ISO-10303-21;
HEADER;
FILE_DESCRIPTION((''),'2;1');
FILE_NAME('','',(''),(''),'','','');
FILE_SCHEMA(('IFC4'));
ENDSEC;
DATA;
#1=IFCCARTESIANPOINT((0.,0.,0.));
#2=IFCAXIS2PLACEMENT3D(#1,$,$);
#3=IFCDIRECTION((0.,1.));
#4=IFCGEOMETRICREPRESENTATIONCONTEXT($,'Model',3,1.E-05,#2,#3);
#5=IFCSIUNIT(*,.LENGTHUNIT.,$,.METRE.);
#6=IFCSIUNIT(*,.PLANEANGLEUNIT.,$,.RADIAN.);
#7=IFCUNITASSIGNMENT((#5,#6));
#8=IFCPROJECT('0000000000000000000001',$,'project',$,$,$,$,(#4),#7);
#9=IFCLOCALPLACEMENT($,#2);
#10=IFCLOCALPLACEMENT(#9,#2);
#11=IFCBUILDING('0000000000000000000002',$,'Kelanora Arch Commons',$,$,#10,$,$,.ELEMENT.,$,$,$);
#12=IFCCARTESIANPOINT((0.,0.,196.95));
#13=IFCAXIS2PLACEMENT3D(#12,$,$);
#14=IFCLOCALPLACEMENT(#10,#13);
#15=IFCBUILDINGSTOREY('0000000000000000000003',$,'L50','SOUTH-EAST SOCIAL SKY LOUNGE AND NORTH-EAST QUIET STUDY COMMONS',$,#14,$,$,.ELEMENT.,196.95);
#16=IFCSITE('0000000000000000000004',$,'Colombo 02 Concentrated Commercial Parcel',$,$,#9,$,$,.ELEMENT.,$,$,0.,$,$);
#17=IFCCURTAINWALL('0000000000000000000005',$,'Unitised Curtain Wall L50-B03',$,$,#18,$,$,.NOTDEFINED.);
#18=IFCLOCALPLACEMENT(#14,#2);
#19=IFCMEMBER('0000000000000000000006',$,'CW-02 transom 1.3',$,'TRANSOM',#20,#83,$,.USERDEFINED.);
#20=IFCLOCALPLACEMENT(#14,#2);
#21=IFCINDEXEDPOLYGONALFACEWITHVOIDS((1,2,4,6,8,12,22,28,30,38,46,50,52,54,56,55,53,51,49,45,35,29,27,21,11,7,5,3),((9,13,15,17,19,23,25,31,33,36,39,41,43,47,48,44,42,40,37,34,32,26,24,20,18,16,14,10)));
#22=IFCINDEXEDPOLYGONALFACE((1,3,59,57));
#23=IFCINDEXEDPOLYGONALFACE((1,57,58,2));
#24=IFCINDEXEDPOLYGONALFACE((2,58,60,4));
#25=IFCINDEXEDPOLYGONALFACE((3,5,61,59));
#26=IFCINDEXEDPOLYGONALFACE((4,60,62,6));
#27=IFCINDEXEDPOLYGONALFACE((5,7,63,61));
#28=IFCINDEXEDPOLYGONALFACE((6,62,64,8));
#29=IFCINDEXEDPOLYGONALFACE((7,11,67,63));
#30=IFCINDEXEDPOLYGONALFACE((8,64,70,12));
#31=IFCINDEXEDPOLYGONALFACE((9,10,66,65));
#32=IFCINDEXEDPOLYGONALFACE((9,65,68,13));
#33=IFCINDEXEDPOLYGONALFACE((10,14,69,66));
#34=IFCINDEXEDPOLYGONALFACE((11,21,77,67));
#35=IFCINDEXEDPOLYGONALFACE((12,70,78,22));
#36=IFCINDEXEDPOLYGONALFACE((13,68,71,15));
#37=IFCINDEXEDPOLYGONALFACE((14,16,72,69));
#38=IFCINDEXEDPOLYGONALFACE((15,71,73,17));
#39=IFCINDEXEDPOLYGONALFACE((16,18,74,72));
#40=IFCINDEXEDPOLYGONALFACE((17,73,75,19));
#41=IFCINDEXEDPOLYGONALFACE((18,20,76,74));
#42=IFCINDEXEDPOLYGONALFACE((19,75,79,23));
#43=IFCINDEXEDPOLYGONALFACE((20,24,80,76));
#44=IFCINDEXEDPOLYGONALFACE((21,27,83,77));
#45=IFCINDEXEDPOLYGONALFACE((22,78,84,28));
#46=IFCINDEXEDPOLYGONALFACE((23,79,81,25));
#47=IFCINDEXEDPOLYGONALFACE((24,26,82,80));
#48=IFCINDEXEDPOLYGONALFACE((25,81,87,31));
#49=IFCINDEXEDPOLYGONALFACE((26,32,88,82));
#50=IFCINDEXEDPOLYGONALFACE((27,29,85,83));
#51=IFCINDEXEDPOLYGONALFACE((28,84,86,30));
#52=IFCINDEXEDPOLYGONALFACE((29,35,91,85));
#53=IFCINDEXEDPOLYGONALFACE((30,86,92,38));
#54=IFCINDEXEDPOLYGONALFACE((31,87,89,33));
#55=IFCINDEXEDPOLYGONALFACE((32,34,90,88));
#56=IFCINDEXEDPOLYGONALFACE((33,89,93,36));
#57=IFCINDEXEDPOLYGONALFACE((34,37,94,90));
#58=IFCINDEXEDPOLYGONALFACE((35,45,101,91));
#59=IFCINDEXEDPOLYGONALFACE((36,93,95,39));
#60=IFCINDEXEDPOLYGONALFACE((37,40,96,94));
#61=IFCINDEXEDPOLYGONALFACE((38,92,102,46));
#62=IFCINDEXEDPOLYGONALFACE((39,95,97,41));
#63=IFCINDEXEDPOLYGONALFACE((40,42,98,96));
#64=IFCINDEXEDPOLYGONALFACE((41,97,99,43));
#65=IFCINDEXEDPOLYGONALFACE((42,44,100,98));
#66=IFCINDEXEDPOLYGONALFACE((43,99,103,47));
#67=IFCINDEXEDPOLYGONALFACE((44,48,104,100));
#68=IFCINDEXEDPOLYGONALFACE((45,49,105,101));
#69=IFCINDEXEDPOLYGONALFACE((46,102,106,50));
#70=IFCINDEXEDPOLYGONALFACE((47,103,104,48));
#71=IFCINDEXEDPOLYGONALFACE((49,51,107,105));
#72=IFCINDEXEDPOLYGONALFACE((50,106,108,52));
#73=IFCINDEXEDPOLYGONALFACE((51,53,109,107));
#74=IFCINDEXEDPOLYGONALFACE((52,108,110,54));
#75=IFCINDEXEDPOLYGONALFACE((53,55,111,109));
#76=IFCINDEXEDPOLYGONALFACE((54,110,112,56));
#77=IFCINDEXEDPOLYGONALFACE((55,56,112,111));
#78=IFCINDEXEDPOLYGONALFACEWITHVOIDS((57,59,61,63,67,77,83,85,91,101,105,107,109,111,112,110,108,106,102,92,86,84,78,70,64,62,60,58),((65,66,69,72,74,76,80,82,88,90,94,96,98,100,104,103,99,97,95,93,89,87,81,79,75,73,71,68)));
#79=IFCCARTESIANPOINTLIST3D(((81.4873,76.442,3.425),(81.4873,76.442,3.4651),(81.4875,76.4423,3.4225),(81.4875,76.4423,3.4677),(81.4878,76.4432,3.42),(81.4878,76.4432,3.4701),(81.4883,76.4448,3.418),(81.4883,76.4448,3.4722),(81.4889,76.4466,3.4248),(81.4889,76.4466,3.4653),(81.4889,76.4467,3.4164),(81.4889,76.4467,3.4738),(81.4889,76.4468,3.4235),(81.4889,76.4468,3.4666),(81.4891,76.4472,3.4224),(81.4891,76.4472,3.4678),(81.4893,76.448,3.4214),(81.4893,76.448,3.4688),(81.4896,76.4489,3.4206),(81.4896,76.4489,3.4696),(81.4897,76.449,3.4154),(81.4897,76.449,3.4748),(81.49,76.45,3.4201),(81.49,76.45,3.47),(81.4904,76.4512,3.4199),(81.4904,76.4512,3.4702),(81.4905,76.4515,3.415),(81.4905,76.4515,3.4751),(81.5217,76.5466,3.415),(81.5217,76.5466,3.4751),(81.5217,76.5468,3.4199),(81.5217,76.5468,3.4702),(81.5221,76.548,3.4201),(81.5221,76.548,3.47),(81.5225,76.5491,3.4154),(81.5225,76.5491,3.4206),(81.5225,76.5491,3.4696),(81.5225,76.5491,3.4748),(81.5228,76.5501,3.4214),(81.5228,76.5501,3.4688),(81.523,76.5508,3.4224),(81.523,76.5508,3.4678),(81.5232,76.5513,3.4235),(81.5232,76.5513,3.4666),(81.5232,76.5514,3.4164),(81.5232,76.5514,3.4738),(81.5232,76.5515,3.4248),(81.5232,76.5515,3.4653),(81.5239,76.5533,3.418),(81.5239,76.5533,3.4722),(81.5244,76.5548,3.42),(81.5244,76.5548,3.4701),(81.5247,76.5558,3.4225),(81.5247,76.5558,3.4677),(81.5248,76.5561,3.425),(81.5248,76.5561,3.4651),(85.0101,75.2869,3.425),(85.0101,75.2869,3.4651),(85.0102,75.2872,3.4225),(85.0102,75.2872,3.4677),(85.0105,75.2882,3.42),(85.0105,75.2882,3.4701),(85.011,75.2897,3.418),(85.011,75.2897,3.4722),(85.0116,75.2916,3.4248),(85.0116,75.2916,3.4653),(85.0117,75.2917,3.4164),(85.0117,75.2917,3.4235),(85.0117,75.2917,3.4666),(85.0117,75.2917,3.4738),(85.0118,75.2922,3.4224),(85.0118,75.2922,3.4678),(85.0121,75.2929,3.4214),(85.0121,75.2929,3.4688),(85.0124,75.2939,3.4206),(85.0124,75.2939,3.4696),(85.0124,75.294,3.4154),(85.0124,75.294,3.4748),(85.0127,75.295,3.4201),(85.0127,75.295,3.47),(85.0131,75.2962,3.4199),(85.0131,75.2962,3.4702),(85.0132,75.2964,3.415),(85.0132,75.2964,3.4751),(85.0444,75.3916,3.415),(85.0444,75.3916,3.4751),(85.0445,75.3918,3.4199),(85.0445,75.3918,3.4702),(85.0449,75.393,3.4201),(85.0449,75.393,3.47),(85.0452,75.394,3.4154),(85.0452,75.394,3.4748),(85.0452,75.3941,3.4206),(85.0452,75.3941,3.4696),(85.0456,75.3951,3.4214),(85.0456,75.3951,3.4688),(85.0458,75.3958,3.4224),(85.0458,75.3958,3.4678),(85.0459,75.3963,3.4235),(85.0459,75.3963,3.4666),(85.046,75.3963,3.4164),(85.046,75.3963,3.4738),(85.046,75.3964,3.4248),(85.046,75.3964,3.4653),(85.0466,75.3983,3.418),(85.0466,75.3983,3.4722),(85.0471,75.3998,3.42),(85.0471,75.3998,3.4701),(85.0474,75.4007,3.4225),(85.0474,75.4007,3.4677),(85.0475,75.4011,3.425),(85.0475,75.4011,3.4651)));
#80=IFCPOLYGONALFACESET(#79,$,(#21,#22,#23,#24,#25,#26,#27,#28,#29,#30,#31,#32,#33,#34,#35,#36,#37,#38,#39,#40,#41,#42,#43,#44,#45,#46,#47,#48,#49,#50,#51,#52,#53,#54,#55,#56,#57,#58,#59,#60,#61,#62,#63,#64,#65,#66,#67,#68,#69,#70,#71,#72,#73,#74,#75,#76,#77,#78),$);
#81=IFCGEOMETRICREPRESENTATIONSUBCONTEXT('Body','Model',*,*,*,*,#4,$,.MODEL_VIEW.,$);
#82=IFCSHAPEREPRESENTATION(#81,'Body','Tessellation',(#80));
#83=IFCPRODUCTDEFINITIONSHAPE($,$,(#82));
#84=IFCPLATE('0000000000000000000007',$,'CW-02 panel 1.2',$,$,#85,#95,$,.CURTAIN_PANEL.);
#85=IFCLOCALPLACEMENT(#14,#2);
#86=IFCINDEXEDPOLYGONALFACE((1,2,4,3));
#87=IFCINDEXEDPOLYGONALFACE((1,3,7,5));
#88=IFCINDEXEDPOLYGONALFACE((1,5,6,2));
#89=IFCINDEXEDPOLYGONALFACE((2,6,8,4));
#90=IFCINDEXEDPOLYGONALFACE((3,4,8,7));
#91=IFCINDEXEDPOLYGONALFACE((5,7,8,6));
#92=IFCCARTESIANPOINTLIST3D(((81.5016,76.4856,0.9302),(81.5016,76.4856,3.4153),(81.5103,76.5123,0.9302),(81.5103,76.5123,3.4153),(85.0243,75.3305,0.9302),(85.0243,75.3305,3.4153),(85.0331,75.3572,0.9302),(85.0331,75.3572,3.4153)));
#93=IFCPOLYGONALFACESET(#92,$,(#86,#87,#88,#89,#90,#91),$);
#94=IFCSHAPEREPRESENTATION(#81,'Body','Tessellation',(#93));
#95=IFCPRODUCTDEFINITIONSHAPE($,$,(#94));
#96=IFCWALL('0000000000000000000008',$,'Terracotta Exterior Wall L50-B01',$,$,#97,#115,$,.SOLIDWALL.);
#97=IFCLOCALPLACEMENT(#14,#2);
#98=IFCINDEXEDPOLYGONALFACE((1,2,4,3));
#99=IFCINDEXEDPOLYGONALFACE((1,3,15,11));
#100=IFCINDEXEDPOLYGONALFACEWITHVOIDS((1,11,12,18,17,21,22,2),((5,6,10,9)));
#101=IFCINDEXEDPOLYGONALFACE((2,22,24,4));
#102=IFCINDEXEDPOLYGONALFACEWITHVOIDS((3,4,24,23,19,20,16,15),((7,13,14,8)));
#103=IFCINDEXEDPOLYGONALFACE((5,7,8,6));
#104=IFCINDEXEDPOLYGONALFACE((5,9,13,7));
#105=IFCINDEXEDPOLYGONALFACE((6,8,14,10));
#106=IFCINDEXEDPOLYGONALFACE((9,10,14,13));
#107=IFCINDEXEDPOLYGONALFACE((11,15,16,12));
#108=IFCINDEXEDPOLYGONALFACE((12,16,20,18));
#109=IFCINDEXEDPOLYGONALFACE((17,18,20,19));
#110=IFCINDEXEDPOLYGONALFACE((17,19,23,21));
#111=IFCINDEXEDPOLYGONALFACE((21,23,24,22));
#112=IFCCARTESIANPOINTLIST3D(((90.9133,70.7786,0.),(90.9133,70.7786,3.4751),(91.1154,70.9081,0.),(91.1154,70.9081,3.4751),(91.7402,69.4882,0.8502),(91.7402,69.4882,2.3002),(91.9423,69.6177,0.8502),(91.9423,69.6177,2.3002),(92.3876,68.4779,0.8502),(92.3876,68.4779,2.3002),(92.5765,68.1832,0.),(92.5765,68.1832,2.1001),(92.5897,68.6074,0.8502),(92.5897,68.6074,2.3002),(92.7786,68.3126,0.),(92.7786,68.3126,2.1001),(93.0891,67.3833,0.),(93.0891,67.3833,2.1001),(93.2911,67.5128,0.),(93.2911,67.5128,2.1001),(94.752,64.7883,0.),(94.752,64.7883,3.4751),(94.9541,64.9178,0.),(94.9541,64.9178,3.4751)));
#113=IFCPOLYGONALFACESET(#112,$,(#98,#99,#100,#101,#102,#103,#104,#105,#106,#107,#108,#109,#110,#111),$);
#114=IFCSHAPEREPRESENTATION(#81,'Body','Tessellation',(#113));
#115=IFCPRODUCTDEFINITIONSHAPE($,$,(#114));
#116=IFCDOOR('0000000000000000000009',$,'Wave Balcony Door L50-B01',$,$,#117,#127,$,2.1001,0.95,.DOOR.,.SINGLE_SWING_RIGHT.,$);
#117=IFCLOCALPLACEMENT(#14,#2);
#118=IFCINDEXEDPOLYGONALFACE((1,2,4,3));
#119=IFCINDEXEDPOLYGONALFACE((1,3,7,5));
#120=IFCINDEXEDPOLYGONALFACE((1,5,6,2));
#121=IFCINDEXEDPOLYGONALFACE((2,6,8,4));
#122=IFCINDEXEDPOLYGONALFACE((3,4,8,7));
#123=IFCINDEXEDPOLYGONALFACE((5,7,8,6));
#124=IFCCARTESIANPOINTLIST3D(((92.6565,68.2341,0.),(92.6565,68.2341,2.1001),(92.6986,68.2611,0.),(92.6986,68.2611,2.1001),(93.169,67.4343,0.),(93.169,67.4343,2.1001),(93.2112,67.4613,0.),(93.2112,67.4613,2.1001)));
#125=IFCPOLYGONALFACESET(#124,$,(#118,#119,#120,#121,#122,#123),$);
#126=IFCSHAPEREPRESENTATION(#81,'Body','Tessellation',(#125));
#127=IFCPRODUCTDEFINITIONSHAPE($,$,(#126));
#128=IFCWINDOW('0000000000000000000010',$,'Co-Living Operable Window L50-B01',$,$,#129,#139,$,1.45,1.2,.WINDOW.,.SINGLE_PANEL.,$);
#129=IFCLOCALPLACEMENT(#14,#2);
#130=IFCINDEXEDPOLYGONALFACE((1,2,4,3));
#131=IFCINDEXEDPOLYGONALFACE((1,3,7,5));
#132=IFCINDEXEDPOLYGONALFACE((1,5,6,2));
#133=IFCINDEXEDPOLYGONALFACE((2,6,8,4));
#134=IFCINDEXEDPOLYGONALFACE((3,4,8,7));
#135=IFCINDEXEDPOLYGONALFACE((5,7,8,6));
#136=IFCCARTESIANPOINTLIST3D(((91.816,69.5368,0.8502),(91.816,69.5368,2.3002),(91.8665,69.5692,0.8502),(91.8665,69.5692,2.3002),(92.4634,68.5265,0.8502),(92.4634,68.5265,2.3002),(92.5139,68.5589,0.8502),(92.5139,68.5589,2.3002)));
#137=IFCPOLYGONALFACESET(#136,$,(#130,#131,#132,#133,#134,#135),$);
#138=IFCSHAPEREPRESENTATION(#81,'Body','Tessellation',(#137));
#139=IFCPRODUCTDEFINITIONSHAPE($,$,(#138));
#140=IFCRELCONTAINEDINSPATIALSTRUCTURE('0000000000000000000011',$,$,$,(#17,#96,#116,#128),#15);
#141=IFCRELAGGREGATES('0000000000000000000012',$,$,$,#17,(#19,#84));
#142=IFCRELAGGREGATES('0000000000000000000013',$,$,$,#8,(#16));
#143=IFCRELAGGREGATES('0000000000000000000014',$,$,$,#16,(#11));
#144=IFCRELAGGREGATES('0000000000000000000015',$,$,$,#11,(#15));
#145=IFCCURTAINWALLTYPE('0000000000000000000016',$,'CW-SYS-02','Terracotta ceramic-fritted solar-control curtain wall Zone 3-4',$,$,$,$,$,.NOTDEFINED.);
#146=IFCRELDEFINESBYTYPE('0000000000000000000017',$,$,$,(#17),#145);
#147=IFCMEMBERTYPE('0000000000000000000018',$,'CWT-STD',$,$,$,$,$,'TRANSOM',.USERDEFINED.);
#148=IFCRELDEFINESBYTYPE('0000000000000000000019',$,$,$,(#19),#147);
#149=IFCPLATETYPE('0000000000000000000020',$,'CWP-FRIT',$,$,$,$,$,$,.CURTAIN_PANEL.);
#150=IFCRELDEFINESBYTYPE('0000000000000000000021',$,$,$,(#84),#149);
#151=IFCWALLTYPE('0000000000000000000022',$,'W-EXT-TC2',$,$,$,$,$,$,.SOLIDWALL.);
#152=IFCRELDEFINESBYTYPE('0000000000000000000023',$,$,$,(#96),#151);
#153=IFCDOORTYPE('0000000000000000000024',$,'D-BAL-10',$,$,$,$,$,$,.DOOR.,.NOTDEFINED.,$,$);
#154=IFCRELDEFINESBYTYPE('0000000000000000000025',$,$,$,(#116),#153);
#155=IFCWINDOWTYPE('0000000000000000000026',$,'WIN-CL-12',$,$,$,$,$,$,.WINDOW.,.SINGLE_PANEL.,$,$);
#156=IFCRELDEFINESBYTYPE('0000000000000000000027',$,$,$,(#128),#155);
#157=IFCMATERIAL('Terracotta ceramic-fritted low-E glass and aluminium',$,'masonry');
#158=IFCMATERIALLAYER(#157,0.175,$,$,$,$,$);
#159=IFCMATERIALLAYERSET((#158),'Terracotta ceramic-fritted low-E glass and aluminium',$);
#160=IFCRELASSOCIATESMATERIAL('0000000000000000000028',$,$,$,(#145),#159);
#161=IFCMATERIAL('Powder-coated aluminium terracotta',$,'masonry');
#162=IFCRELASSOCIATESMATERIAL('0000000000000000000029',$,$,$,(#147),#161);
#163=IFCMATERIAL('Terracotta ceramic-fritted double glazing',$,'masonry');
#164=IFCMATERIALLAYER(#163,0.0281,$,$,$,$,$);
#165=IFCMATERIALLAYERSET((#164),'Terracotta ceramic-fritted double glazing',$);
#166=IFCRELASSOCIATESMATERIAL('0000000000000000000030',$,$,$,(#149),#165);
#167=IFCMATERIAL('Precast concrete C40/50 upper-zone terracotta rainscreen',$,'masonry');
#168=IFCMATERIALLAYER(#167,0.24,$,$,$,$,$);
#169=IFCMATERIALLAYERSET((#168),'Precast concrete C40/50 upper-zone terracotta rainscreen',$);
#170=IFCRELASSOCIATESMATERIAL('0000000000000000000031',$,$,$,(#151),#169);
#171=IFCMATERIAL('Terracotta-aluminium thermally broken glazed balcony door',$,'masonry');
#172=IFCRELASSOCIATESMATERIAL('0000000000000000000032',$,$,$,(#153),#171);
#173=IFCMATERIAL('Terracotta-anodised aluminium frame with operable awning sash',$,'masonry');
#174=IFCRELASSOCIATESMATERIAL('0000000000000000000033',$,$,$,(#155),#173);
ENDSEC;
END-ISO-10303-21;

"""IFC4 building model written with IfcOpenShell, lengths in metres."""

from ifc_helpers import new_model, si_unit, direction, frame, frame_2d, origin, origin_2d, place, context, subcontext, project, spatial, rectangle, hollow_rectangle, extrude, source, transform, mapped, material, layer, layer_set, material_profile, profile_set, type_object, element, fill, aggregate, save


model = new_model("IFC4")

# Units and contexts
model_context = context("Model", 3, precision=1e-05, world=origin(), true_north=direction((0.0, 1.0)))
body_context = subcontext(model_context, "Body", "Model", "MODEL_VIEW")
ifc_project = project(units=[si_unit("LENGTHUNIT", "METRE"), si_unit("PLANEANGLEUNIT", "RADIAN")], contexts=[model_context])

# Site, building, storey
site_placement = place(None, origin())
site = spatial("IfcSite", under=ifc_project, at=site_placement, Name="Colombo 02 Concentrated Commercial Parcel", CompositionType="ELEMENT", RefElevation=0.0)
building_placement = place(site_placement, origin())
building = spatial("IfcBuilding", under=site, at=building_placement, Name="Kelanora Arch Commons", CompositionType="ELEMENT")
storey_placement = place(building_placement, frame((0.0, 0.0, 196.95)))
storey = spatial("IfcBuildingStorey", under=building, at=storey_placement, Name="L50", Description="SOUTH-EAST SOCIAL SKY LOUNGE AND NORTH-EAST QUIET STUDY COMMONS", CompositionType="ELEMENT", Elevation=196.95)

# Shared definitions
ifc_material_1 = material(Name="Terracotta ceramic-fritted low-E glass and aluminium", Category="masonry")
ifc_layer_1 = layer(ifc_material_1, 0.175)
ifc_layer_set_1 = layer_set([ifc_layer_1], Name="Terracotta ceramic-fritted low-E glass and aluminium")
curtain_wall_type = type_object("IfcCurtainWallType", Name="CW-SYS-02", Description="Terracotta ceramic-fritted solar-control curtain wall Zone 3-4", PredefinedType="NOTDEFINED", material=ifc_layer_set_1)
ifc_material_2 = material(Name="Powder-coated aluminium terracotta", Category="masonry")

# Curtain wall, member, plate
curtain_wall_1_placement = place(storey_placement, origin())
curtain_wall_1 = element("IfcCurtainWall", 1, at=curtain_wall_1_placement, inside=storey, type_object=curtain_wall_type, Name="Unitised Curtain Wall L50-B03", PredefinedType="NOTDEFINED")
ifc_material_profile_1 = material_profile(ifc_material_2, hollow_rectangle(XDim=0.1201, YDim=0.0601, WallThickness=0.0049, InnerFilletRadius=0.0049, OuterFilletRadius=0.01, at=origin_2d()), Name="CWT120x60")
ifc_profile_set_1 = profile_set([ifc_material_profile_1], Name="Powder-coated aluminium terracotta")
member_type_1 = type_object("IfcMemberType", Name="CWT-STD", ElementType="TRANSOM", PredefinedType="USERDEFINED", material=ifc_profile_set_1)
member_1_placement = place(storey_placement, frame((85.0288, 75.344, 3.4451), z_axis=(-0.950226, 0.311561, 0.0), x_axis=(-0.311561, -0.950226, 0.0)))
member_1 = element("IfcMember", 2, at=member_1_placement, type_object=member_type_1, Name="CW-02 transom 1.3", ObjectType="TRANSOM", PredefinedType="USERDEFINED", context=body_context, shape_type="SweptSolid", body=[
    extrude(hollow_rectangle(XDim=0.1201, YDim=0.0601, WallThickness=0.0049, InnerFilletRadius=0.0049, OuterFilletRadius=0.01, at=origin_2d()), origin(), (0.0, 0.0, 1.0), 3.7073),
])
ifc_material_3 = material(Name="Terracotta ceramic-fritted double glazing", Category="masonry")
ifc_layer_2 = layer(ifc_material_3, 0.0281)
ifc_layer_set_2 = layer_set([ifc_layer_2], Name="Terracotta ceramic-fritted double glazing")
plate_type = type_object("IfcPlateType", Name="CWP-FRIT", PredefinedType="CURTAIN_PANEL", material=ifc_layer_set_2)
shared_shape_1 = source(origin(), body_context, "Body", "SweptSolid", [
    extrude(rectangle(XDim=3.7073, YDim=0.0281, at=origin_2d()), origin(), (0.0, 0.0, 1.0), 2.4851),
])
plate_placement = place(storey_placement, frame((83.2673, 75.9214, 0.9302), z_axis=(0.0, 0.0, 1.0), x_axis=(-0.950219, 0.311582, 0.0)))
plate = element("IfcPlate", 3, at=plate_placement, type_object=plate_type, Name="CW-02 panel 1.2", PredefinedType="CURTAIN_PANEL", context=body_context, shape_type="MappedRepresentation", body=[
    mapped(shared_shape_1, transform((0.0, 0.0, 0.0), scale=1.0)),
])
aggregate(curtain_wall_1, [member_1, plate])

# Wall, openings, door, window
ifc_material_4 = material(Name="Precast concrete C40/50 upper-zone terracotta rainscreen", Category="masonry")
ifc_layer_3 = layer(ifc_material_4, 0.24)
ifc_layer_set_3 = layer_set([ifc_layer_3], Name="Precast concrete C40/50 upper-zone terracotta rainscreen")
wall_type_1 = type_object("IfcWallType", Name="W-EXT-TC2", PredefinedType="SOLIDWALL", material=ifc_layer_set_3)
wall_1_placement = place(storey_placement, frame((94.853, 64.853, 0.0), z_axis=(0.0, 0.0, 1.0), x_axis=(-0.53954, 0.84196, 0.0)))
wall_1 = element("IfcWall", 4, at=wall_1_placement, inside=storey, type_object=wall_type_1, Name="Terracotta Exterior Wall L50-B01", PredefinedType="SOLIDWALL", context=body_context, shape_type="SweptSolid", body=[
    extrude(rectangle(XDim=7.1147, YDim=0.24, at=frame_2d((3.5574, 0.0))), origin(), (0.0, 0.0, 1.0), 3.4751),
])
opening_1_placement = place(wall_1_placement, frame((3.082, 0.0, 0.0)))
opening_1 = element("IfcOpeningElement", 5, at=opening_1_placement, cuts=wall_1, PredefinedType="OPENING", context=body_context, shape_type="SweptSolid", body=[
    extrude(rectangle(XDim=0.95, YDim=2.1001, at=frame_2d((0.4751, 1.05))), frame((0.0, 0.1299, 0.0), z_axis=(0.0, -1.0, 0.0), x_axis=(1.0, 0.0, 0.0)), (0.0, 0.0, 1.0), 0.26),
])
opening_2_placement = place(wall_1_placement, frame((4.3821, 0.0, 0.8501)))
opening_2 = element("IfcOpeningElement", 6, at=opening_2_placement, cuts=wall_1, PredefinedType="OPENING", context=body_context, shape_type="SweptSolid", body=[
    extrude(rectangle(XDim=1.2, YDim=1.45, at=frame_2d((0.6001, 0.7251))), frame((0.0, 0.1299, 0.0), z_axis=(0.0, -1.0, 0.0), x_axis=(1.0, 0.0, 0.0)), (0.0, 0.0, 1.0), 0.26),
])
ifc_material_5 = material(Name="Terracotta-aluminium thermally broken glazed balcony door", Category="masonry")
door_type = type_object("IfcDoorType", Name="D-BAL-10", OperationType="NOTDEFINED", PredefinedType="DOOR", material=ifc_material_5)
door_1_placement = place(opening_1_placement, frame((0.95, 0.0, 0.0), z_axis=(0.0, 0.0, 1.0), x_axis=(-1.0, 0.0, 0.0)))
door_1 = element("IfcDoor", 7, at=door_1_placement, inside=storey, type_object=door_type, Name="Wave Balcony Door L50-B01", OperationType="SINGLE_SWING_RIGHT", OverallHeight=2.1001, OverallWidth=0.95, PredefinedType="DOOR", context=body_context, shape_type="SweptSolid", body=[
    extrude(rectangle(XDim=0.95, YDim=2.1001, at=frame_2d((0.4751, 1.05))), frame((0.0, 0.0249, 0.0), z_axis=(0.0, -1.0, 0.0), x_axis=(1.0, 0.0, 0.0)), (0.0, 0.0, 1.0), 0.05),
])
fill(opening_1, door_1)
ifc_material_6 = material(Name="Terracotta-anodised aluminium frame with operable awning sash", Category="masonry")
window_type = type_object("IfcWindowType", Name="WIN-CL-12", PartitioningType="SINGLE_PANEL", PredefinedType="WINDOW", material=ifc_material_6)
window_1_placement = place(opening_2_placement, origin())
window_1 = element("IfcWindow", 8, at=window_1_placement, inside=storey, type_object=window_type, Name="Co-Living Operable Window L50-B01", OverallHeight=1.45, OverallWidth=1.2, PartitioningType="SINGLE_PANEL", PredefinedType="WINDOW", context=body_context, shape_type="SweptSolid", body=[
    extrude(rectangle(XDim=1.2, YDim=1.45, at=frame_2d((0.6001, 0.7251))), frame((0.0, 0.03, 0.0), z_axis=(0.0, -1.0, 0.0), x_axis=(1.0, 0.0, 0.0)), (0.0, 0.0, 1.0), 0.0601),
])
fill(opening_2, window_1)

save(model, "model.ifc")
